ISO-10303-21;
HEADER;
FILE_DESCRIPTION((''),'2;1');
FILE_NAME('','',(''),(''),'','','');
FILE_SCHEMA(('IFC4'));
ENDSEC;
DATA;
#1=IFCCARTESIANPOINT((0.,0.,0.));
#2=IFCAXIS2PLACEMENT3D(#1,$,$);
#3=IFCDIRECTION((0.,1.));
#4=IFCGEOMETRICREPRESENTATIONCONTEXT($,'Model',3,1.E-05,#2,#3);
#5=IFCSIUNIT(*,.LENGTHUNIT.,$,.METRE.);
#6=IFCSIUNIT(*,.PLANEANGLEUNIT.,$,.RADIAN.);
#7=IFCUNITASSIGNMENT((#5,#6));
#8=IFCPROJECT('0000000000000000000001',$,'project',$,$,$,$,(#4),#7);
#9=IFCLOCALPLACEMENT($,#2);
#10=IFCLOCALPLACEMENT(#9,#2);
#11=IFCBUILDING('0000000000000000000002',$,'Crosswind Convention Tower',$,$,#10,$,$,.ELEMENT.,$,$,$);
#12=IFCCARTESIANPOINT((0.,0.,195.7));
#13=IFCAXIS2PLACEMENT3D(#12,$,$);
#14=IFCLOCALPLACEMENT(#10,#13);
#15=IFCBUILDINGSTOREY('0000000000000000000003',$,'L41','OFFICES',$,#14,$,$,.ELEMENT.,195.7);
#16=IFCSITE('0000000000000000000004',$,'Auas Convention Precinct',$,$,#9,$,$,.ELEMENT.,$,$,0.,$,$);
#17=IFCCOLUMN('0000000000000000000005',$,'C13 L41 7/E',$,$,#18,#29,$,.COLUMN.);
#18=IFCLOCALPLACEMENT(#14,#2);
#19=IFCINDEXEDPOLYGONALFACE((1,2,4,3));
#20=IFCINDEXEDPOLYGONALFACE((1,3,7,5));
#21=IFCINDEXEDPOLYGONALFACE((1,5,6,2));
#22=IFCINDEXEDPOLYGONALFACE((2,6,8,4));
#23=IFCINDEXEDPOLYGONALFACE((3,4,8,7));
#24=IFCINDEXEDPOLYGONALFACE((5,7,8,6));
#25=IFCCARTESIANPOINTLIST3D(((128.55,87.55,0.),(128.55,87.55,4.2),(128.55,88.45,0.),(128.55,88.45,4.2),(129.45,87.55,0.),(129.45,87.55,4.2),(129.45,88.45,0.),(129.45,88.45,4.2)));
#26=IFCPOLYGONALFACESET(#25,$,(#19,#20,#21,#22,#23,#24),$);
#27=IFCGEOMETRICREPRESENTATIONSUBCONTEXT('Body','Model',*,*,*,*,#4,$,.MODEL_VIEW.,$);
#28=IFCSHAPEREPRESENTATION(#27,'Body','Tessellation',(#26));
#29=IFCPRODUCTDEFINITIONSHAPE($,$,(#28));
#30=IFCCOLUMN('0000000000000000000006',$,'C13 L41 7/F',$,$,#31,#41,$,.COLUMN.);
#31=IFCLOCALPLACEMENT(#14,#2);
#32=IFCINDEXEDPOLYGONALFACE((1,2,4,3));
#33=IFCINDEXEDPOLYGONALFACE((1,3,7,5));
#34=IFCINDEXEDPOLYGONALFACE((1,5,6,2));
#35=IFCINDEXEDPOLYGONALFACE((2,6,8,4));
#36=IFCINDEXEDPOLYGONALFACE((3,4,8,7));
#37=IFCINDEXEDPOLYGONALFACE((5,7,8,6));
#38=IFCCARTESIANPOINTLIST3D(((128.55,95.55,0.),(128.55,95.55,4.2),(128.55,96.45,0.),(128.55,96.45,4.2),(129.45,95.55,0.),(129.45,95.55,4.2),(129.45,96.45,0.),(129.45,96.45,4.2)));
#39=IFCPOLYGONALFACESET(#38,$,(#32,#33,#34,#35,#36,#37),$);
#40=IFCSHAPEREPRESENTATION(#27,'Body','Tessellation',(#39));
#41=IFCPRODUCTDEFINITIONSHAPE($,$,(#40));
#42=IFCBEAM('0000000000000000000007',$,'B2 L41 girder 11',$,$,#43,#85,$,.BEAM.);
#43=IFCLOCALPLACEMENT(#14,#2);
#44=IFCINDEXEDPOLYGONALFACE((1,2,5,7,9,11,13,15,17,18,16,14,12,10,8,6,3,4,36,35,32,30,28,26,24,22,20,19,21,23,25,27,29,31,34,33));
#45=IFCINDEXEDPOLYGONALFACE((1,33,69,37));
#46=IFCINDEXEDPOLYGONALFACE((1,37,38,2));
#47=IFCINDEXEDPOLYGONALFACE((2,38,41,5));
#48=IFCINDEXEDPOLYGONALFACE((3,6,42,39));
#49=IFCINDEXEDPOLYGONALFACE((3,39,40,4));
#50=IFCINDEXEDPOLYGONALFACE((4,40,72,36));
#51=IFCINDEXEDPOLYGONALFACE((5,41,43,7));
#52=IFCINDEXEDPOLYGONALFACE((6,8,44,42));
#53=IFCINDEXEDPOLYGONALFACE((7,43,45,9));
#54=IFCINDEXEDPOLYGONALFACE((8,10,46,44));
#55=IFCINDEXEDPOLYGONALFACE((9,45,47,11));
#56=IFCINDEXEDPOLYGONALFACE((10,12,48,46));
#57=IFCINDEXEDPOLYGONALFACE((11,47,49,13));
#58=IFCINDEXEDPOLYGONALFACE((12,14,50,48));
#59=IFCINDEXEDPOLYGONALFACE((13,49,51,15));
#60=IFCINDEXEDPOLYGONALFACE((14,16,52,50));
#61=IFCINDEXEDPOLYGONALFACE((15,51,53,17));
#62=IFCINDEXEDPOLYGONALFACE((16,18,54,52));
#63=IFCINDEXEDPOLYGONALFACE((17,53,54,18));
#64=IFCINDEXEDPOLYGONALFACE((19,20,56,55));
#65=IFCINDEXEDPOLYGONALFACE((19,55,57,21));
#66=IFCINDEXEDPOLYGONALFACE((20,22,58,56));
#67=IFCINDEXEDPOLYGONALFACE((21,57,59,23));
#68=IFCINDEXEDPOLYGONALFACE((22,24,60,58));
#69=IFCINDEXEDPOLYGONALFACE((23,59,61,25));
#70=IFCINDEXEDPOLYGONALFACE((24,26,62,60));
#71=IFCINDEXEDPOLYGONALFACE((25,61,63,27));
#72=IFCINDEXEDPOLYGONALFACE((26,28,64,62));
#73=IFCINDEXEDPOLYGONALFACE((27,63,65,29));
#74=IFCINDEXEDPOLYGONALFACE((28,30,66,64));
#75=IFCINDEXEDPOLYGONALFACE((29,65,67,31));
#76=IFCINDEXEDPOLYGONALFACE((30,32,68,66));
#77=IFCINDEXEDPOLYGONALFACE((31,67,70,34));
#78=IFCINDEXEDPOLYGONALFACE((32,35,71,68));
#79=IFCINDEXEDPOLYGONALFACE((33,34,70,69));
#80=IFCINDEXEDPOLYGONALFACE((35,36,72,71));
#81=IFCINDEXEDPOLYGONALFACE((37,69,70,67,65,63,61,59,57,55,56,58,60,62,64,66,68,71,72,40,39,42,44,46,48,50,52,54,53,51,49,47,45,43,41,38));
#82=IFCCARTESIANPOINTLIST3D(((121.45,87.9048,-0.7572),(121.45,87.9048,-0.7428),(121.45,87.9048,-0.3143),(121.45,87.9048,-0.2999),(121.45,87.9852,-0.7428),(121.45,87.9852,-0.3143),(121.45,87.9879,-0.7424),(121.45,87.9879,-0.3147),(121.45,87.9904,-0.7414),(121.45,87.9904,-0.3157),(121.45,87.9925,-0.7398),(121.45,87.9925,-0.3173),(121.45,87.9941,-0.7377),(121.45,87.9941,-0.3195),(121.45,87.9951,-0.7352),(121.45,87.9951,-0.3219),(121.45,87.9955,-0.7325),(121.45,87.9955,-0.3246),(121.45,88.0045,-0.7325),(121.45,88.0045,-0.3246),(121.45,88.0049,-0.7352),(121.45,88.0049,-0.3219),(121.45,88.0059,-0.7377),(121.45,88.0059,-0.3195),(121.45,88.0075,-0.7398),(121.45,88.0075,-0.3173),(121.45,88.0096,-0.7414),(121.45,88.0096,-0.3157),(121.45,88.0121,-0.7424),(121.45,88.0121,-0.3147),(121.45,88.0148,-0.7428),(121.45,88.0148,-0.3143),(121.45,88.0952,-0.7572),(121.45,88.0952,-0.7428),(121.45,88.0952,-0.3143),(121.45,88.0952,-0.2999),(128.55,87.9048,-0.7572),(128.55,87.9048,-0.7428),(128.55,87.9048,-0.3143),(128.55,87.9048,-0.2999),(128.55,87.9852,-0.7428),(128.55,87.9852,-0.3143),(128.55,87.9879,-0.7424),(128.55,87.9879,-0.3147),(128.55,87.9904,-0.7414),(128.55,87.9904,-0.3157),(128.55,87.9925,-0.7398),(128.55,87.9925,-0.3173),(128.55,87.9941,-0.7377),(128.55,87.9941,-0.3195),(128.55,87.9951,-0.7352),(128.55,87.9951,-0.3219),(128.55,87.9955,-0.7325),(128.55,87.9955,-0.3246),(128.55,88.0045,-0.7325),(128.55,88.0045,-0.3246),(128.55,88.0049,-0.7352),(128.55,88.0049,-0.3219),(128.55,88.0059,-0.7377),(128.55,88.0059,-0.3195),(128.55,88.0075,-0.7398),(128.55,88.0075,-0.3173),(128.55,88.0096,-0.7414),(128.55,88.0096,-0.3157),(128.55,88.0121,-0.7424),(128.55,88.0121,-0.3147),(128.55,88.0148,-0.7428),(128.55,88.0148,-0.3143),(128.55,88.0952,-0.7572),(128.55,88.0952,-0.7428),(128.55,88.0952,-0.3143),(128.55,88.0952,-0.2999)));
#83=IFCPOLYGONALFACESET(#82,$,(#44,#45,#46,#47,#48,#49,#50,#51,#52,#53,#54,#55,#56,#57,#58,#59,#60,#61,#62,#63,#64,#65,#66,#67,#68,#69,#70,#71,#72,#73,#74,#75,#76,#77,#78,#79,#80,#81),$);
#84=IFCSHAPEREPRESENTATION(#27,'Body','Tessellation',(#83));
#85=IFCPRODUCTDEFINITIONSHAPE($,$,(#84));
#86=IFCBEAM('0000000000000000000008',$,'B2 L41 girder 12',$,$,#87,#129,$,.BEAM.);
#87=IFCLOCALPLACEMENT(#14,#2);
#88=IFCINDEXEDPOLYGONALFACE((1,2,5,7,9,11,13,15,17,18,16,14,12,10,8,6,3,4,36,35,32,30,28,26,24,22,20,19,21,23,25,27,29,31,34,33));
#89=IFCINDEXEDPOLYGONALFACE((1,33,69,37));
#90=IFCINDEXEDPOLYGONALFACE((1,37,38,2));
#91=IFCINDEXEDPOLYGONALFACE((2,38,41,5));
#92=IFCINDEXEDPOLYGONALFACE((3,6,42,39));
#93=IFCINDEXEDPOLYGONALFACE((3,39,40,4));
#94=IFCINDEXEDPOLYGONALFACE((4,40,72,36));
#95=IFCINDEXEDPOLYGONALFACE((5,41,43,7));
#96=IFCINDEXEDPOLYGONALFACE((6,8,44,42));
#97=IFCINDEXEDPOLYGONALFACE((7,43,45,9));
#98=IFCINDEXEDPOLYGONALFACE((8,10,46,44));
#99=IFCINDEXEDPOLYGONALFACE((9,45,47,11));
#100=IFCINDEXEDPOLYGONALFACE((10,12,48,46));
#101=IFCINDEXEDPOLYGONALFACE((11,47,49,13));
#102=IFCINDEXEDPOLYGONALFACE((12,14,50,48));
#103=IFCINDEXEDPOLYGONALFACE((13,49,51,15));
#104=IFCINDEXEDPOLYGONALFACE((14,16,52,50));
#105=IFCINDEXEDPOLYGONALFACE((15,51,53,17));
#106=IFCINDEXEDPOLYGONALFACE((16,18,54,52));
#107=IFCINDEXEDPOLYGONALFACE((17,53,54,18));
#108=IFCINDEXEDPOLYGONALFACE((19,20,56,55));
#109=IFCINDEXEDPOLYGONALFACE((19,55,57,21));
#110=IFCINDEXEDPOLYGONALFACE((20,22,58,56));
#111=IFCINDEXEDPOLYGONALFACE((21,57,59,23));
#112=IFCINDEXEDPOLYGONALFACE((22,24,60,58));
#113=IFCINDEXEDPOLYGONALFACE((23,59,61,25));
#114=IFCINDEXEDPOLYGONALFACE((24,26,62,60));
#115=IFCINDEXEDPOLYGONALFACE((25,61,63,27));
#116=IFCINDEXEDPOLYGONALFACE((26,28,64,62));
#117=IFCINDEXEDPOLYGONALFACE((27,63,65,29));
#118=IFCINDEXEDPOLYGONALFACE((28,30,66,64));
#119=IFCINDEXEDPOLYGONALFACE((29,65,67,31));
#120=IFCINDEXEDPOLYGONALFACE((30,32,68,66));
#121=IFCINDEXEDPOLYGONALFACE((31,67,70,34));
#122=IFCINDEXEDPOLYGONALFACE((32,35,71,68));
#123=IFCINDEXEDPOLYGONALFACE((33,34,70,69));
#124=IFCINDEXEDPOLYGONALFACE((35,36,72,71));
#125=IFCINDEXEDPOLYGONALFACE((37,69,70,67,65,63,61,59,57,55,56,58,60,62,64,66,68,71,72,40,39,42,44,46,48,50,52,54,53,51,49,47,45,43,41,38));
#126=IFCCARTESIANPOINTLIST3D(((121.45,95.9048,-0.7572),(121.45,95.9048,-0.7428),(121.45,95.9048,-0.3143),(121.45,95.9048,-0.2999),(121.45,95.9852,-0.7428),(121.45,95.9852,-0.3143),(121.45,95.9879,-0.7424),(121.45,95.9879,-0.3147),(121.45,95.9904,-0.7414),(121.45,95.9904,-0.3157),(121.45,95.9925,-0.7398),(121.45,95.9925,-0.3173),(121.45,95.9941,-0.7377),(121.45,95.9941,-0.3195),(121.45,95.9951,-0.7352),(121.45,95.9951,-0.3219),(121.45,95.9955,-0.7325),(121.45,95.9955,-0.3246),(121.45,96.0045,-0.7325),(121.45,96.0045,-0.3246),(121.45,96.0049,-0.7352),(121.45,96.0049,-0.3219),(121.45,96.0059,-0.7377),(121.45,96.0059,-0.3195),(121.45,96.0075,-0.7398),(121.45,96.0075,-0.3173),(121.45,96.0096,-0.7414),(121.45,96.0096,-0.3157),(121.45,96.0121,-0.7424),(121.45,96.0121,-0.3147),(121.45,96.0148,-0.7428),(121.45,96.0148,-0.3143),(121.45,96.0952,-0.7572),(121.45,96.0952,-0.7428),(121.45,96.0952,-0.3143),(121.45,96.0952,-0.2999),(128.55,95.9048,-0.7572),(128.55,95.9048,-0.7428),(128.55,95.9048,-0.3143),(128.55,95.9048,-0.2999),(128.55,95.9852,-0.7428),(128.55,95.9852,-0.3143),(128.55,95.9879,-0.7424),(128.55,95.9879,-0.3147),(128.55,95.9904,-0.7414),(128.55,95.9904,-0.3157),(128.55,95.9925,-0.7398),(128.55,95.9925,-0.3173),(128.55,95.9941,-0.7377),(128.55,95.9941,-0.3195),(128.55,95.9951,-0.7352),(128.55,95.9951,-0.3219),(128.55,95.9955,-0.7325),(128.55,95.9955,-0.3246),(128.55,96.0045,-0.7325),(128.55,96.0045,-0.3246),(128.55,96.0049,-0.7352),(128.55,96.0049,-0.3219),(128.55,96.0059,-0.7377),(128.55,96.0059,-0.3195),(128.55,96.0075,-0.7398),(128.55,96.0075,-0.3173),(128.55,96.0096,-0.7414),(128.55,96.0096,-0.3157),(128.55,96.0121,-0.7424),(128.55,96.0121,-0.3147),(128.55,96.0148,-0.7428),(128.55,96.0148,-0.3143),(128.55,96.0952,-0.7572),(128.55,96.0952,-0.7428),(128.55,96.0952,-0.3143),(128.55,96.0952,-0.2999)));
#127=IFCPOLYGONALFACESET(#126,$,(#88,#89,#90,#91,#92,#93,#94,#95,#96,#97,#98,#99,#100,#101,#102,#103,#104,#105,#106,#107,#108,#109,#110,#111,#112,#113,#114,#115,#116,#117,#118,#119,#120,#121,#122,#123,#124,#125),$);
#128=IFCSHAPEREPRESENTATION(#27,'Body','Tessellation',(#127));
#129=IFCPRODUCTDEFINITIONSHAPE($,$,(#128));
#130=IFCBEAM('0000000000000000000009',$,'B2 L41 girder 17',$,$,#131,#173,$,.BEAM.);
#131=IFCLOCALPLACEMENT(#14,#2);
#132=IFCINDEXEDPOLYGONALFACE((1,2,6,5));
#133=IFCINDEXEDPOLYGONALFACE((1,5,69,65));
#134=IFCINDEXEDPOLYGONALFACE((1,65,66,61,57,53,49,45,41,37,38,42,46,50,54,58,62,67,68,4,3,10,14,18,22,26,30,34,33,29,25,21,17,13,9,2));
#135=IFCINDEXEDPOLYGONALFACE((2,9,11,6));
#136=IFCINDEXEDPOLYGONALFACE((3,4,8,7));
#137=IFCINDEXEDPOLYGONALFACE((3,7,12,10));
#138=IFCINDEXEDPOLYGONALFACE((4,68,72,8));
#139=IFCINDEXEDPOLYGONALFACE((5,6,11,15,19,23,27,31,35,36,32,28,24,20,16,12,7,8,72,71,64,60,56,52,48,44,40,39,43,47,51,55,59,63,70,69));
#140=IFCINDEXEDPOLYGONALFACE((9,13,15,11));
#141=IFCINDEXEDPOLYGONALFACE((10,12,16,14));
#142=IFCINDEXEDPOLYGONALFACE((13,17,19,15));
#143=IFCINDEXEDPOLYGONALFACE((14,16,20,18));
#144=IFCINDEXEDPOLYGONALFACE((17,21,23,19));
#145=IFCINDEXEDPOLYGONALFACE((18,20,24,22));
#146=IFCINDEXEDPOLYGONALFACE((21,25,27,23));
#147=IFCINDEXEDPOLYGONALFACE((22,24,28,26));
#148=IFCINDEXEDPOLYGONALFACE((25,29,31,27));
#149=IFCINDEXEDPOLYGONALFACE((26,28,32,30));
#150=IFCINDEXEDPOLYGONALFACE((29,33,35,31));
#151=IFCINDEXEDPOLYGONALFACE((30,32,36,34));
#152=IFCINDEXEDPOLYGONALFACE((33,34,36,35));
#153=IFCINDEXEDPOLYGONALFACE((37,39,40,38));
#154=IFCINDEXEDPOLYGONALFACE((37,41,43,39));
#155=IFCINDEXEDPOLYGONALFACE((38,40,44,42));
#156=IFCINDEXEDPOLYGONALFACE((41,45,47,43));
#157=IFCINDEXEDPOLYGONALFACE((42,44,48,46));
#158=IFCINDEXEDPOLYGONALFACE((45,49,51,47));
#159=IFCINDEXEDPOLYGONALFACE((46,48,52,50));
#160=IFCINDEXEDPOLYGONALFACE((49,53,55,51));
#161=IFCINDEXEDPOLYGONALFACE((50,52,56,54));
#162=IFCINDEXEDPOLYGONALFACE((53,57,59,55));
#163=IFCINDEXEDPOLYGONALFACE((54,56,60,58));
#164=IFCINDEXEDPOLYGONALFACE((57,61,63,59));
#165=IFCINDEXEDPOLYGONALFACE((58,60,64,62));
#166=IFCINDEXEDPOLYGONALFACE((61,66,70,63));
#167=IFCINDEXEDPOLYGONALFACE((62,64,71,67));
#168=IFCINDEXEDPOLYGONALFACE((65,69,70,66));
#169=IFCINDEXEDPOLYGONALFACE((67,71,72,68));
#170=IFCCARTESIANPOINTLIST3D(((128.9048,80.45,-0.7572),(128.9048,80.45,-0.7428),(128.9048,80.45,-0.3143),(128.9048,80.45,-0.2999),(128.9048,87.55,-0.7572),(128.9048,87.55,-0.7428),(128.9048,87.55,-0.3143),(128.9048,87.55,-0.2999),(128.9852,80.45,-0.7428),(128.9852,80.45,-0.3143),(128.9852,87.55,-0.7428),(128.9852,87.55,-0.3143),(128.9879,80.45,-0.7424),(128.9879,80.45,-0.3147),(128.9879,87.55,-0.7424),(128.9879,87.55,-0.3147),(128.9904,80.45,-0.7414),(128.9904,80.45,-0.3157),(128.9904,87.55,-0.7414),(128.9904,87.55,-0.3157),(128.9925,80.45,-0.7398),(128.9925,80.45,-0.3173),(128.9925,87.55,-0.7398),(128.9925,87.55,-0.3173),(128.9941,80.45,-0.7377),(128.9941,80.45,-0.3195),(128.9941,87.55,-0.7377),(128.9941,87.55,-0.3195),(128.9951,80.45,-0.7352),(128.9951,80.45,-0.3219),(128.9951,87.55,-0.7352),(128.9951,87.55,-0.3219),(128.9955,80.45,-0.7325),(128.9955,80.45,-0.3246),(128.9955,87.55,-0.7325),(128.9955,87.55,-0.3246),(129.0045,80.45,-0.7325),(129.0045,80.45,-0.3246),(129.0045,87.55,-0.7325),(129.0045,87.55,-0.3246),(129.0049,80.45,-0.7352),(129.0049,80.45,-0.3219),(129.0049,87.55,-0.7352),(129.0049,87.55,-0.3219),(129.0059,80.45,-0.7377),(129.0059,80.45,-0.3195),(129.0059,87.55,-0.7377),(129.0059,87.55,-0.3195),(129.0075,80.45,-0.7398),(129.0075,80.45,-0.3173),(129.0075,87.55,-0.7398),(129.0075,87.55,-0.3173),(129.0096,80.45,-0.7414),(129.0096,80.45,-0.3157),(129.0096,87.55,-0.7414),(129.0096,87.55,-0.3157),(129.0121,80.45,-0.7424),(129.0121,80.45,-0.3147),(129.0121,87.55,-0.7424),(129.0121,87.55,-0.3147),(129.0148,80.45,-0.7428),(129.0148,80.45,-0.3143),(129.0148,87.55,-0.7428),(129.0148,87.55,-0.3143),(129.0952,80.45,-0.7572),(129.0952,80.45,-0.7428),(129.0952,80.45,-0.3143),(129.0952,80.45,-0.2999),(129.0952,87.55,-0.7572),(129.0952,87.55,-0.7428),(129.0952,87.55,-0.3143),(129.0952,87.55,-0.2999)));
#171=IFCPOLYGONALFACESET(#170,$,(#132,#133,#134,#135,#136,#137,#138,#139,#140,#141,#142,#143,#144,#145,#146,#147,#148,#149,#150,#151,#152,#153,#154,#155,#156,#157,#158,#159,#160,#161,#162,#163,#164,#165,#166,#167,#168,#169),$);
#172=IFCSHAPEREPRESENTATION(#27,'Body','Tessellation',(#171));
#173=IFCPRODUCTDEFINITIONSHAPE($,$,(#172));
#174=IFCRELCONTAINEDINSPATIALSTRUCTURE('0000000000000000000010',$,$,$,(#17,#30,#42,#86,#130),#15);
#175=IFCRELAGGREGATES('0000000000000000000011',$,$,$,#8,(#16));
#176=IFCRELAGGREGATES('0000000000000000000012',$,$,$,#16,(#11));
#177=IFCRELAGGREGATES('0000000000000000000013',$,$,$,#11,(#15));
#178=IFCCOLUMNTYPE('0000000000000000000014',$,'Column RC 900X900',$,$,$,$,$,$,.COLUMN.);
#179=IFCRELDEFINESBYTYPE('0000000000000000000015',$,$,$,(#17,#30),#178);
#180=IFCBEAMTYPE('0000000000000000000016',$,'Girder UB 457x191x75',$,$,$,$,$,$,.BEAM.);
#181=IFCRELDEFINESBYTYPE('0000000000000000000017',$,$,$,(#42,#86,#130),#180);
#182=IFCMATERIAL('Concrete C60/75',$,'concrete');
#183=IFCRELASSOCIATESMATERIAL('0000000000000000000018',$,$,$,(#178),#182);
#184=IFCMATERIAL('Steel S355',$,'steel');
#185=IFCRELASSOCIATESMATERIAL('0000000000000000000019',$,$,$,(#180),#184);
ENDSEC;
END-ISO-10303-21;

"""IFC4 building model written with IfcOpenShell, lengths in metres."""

from ifc_helpers import new_model, si_unit, direction, frame, origin, origin_2d, place, context, subcontext, project, spatial, rectangle, i_section, extrude, material, material_profile, profile_set, type_object, element, save


model = new_model("IFC4")

# Units and contexts
model_context = context("Model", 3, precision=1e-05, world=origin(), true_north=direction((0.0, 1.0)))
body_context = subcontext(model_context, "Body", "Model", "MODEL_VIEW")
ifc_project = project(units=[si_unit("LENGTHUNIT", "METRE"), si_unit("PLANEANGLEUNIT", "RADIAN")], contexts=[model_context])

# Site, building, storey
site_placement = place(None, origin())
site = spatial("IfcSite", under=ifc_project, at=site_placement, Name="Auas Convention Precinct", CompositionType="ELEMENT", RefElevation=0.0)
building_placement = place(site_placement, origin())
building = spatial("IfcBuilding", under=site, at=building_placement, Name="Crosswind Convention Tower", CompositionType="ELEMENT")
storey_placement = place(building_placement, frame((0.0, 0.0, 195.7)))
storey = spatial("IfcBuildingStorey", under=building, at=storey_placement, Name="L41", Description="OFFICES", CompositionType="ELEMENT", Elevation=195.7)

# Columns
ifc_material_1 = material(Name="Concrete C60/75", Category="concrete")
ifc_material_profile_1 = material_profile(ifc_material_1, rectangle(XDim=0.8999, YDim=0.8999, at=origin_2d()), Name="RC 900X900")
ifc_profile_set_1 = profile_set([ifc_material_profile_1], Name="Concrete C60/75")
column_type = type_object("IfcColumnType", Name="Column RC 900X900", PredefinedType="COLUMN", material=ifc_profile_set_1)
for number, where, z_axis, x_axis, name in (
    (1, (129.0, 88.0, 0.0), (0.0, 0.0, 1.0), (1.0, 0.0, 0.0), "C13 L41 7/E"),
    (2, (129.0, 96.0, 0.0), (0.0, 0.0, 1.0), (1.0, 0.0, 0.0), "C13 L41 7/F"),
):
    element("IfcColumn", number, at=place(storey_placement, frame(where, z_axis=z_axis, x_axis=x_axis)), inside=storey, type_object=column_type, Name=name, PredefinedType="COLUMN", context=body_context, shape_type="SweptSolid", body=[
        extrude(rectangle(XDim=0.8999, YDim=0.8999, at=origin_2d()), origin(), (0.0, 0.0, 1.0), 4.2),
    ])

# Beams
ifc_material_2 = material(Name="Steel S355", Category="steel")
ifc_material_profile_2 = material_profile(ifc_material_2, i_section(OverallWidth=0.1904, OverallDepth=0.4573, WebThickness=0.009, FlangeThickness=0.0144, FilletRadius=0.0103, at=origin_2d()), Name="UB 457x191x75")
ifc_profile_set_2 = profile_set([ifc_material_profile_2], Name="Steel S355")
beam_type_1 = type_object("IfcBeamType", Name="Girder UB 457x191x75", PredefinedType="BEAM", material=ifc_profile_set_2)
for number, where, z_axis, x_axis, name in (
    (3, (121.45, 88.0, -0.5286), (1.0, 0.0, 0.0), (0.0, 1.0, 0.0), "B2 L41 girder 11"),
    (4, (121.45, 96.0, -0.5286), (1.0, 0.0, 0.0), (0.0, 1.0, 0.0), "B2 L41 girder 12"),
    (5, (129.0, 80.45, -0.5286), (0.0, 1.0, 0.0), (-1.0, 0.0, 0.0), "B2 L41 girder 17"),
):
    element("IfcBeam", number, at=place(storey_placement, frame(where, z_axis=z_axis, x_axis=x_axis)), inside=storey, type_object=beam_type_1, Name=name, PredefinedType="BEAM", context=body_context, shape_type="SweptSolid", body=[
        extrude(i_section(OverallWidth=0.1904, OverallDepth=0.4573, WebThickness=0.009, FlangeThickness=0.0144, FilletRadius=0.0103, at=origin_2d()), origin(), (0.0, 0.0, 1.0), 7.1001),
    ])

save(model, "model.ifc")
